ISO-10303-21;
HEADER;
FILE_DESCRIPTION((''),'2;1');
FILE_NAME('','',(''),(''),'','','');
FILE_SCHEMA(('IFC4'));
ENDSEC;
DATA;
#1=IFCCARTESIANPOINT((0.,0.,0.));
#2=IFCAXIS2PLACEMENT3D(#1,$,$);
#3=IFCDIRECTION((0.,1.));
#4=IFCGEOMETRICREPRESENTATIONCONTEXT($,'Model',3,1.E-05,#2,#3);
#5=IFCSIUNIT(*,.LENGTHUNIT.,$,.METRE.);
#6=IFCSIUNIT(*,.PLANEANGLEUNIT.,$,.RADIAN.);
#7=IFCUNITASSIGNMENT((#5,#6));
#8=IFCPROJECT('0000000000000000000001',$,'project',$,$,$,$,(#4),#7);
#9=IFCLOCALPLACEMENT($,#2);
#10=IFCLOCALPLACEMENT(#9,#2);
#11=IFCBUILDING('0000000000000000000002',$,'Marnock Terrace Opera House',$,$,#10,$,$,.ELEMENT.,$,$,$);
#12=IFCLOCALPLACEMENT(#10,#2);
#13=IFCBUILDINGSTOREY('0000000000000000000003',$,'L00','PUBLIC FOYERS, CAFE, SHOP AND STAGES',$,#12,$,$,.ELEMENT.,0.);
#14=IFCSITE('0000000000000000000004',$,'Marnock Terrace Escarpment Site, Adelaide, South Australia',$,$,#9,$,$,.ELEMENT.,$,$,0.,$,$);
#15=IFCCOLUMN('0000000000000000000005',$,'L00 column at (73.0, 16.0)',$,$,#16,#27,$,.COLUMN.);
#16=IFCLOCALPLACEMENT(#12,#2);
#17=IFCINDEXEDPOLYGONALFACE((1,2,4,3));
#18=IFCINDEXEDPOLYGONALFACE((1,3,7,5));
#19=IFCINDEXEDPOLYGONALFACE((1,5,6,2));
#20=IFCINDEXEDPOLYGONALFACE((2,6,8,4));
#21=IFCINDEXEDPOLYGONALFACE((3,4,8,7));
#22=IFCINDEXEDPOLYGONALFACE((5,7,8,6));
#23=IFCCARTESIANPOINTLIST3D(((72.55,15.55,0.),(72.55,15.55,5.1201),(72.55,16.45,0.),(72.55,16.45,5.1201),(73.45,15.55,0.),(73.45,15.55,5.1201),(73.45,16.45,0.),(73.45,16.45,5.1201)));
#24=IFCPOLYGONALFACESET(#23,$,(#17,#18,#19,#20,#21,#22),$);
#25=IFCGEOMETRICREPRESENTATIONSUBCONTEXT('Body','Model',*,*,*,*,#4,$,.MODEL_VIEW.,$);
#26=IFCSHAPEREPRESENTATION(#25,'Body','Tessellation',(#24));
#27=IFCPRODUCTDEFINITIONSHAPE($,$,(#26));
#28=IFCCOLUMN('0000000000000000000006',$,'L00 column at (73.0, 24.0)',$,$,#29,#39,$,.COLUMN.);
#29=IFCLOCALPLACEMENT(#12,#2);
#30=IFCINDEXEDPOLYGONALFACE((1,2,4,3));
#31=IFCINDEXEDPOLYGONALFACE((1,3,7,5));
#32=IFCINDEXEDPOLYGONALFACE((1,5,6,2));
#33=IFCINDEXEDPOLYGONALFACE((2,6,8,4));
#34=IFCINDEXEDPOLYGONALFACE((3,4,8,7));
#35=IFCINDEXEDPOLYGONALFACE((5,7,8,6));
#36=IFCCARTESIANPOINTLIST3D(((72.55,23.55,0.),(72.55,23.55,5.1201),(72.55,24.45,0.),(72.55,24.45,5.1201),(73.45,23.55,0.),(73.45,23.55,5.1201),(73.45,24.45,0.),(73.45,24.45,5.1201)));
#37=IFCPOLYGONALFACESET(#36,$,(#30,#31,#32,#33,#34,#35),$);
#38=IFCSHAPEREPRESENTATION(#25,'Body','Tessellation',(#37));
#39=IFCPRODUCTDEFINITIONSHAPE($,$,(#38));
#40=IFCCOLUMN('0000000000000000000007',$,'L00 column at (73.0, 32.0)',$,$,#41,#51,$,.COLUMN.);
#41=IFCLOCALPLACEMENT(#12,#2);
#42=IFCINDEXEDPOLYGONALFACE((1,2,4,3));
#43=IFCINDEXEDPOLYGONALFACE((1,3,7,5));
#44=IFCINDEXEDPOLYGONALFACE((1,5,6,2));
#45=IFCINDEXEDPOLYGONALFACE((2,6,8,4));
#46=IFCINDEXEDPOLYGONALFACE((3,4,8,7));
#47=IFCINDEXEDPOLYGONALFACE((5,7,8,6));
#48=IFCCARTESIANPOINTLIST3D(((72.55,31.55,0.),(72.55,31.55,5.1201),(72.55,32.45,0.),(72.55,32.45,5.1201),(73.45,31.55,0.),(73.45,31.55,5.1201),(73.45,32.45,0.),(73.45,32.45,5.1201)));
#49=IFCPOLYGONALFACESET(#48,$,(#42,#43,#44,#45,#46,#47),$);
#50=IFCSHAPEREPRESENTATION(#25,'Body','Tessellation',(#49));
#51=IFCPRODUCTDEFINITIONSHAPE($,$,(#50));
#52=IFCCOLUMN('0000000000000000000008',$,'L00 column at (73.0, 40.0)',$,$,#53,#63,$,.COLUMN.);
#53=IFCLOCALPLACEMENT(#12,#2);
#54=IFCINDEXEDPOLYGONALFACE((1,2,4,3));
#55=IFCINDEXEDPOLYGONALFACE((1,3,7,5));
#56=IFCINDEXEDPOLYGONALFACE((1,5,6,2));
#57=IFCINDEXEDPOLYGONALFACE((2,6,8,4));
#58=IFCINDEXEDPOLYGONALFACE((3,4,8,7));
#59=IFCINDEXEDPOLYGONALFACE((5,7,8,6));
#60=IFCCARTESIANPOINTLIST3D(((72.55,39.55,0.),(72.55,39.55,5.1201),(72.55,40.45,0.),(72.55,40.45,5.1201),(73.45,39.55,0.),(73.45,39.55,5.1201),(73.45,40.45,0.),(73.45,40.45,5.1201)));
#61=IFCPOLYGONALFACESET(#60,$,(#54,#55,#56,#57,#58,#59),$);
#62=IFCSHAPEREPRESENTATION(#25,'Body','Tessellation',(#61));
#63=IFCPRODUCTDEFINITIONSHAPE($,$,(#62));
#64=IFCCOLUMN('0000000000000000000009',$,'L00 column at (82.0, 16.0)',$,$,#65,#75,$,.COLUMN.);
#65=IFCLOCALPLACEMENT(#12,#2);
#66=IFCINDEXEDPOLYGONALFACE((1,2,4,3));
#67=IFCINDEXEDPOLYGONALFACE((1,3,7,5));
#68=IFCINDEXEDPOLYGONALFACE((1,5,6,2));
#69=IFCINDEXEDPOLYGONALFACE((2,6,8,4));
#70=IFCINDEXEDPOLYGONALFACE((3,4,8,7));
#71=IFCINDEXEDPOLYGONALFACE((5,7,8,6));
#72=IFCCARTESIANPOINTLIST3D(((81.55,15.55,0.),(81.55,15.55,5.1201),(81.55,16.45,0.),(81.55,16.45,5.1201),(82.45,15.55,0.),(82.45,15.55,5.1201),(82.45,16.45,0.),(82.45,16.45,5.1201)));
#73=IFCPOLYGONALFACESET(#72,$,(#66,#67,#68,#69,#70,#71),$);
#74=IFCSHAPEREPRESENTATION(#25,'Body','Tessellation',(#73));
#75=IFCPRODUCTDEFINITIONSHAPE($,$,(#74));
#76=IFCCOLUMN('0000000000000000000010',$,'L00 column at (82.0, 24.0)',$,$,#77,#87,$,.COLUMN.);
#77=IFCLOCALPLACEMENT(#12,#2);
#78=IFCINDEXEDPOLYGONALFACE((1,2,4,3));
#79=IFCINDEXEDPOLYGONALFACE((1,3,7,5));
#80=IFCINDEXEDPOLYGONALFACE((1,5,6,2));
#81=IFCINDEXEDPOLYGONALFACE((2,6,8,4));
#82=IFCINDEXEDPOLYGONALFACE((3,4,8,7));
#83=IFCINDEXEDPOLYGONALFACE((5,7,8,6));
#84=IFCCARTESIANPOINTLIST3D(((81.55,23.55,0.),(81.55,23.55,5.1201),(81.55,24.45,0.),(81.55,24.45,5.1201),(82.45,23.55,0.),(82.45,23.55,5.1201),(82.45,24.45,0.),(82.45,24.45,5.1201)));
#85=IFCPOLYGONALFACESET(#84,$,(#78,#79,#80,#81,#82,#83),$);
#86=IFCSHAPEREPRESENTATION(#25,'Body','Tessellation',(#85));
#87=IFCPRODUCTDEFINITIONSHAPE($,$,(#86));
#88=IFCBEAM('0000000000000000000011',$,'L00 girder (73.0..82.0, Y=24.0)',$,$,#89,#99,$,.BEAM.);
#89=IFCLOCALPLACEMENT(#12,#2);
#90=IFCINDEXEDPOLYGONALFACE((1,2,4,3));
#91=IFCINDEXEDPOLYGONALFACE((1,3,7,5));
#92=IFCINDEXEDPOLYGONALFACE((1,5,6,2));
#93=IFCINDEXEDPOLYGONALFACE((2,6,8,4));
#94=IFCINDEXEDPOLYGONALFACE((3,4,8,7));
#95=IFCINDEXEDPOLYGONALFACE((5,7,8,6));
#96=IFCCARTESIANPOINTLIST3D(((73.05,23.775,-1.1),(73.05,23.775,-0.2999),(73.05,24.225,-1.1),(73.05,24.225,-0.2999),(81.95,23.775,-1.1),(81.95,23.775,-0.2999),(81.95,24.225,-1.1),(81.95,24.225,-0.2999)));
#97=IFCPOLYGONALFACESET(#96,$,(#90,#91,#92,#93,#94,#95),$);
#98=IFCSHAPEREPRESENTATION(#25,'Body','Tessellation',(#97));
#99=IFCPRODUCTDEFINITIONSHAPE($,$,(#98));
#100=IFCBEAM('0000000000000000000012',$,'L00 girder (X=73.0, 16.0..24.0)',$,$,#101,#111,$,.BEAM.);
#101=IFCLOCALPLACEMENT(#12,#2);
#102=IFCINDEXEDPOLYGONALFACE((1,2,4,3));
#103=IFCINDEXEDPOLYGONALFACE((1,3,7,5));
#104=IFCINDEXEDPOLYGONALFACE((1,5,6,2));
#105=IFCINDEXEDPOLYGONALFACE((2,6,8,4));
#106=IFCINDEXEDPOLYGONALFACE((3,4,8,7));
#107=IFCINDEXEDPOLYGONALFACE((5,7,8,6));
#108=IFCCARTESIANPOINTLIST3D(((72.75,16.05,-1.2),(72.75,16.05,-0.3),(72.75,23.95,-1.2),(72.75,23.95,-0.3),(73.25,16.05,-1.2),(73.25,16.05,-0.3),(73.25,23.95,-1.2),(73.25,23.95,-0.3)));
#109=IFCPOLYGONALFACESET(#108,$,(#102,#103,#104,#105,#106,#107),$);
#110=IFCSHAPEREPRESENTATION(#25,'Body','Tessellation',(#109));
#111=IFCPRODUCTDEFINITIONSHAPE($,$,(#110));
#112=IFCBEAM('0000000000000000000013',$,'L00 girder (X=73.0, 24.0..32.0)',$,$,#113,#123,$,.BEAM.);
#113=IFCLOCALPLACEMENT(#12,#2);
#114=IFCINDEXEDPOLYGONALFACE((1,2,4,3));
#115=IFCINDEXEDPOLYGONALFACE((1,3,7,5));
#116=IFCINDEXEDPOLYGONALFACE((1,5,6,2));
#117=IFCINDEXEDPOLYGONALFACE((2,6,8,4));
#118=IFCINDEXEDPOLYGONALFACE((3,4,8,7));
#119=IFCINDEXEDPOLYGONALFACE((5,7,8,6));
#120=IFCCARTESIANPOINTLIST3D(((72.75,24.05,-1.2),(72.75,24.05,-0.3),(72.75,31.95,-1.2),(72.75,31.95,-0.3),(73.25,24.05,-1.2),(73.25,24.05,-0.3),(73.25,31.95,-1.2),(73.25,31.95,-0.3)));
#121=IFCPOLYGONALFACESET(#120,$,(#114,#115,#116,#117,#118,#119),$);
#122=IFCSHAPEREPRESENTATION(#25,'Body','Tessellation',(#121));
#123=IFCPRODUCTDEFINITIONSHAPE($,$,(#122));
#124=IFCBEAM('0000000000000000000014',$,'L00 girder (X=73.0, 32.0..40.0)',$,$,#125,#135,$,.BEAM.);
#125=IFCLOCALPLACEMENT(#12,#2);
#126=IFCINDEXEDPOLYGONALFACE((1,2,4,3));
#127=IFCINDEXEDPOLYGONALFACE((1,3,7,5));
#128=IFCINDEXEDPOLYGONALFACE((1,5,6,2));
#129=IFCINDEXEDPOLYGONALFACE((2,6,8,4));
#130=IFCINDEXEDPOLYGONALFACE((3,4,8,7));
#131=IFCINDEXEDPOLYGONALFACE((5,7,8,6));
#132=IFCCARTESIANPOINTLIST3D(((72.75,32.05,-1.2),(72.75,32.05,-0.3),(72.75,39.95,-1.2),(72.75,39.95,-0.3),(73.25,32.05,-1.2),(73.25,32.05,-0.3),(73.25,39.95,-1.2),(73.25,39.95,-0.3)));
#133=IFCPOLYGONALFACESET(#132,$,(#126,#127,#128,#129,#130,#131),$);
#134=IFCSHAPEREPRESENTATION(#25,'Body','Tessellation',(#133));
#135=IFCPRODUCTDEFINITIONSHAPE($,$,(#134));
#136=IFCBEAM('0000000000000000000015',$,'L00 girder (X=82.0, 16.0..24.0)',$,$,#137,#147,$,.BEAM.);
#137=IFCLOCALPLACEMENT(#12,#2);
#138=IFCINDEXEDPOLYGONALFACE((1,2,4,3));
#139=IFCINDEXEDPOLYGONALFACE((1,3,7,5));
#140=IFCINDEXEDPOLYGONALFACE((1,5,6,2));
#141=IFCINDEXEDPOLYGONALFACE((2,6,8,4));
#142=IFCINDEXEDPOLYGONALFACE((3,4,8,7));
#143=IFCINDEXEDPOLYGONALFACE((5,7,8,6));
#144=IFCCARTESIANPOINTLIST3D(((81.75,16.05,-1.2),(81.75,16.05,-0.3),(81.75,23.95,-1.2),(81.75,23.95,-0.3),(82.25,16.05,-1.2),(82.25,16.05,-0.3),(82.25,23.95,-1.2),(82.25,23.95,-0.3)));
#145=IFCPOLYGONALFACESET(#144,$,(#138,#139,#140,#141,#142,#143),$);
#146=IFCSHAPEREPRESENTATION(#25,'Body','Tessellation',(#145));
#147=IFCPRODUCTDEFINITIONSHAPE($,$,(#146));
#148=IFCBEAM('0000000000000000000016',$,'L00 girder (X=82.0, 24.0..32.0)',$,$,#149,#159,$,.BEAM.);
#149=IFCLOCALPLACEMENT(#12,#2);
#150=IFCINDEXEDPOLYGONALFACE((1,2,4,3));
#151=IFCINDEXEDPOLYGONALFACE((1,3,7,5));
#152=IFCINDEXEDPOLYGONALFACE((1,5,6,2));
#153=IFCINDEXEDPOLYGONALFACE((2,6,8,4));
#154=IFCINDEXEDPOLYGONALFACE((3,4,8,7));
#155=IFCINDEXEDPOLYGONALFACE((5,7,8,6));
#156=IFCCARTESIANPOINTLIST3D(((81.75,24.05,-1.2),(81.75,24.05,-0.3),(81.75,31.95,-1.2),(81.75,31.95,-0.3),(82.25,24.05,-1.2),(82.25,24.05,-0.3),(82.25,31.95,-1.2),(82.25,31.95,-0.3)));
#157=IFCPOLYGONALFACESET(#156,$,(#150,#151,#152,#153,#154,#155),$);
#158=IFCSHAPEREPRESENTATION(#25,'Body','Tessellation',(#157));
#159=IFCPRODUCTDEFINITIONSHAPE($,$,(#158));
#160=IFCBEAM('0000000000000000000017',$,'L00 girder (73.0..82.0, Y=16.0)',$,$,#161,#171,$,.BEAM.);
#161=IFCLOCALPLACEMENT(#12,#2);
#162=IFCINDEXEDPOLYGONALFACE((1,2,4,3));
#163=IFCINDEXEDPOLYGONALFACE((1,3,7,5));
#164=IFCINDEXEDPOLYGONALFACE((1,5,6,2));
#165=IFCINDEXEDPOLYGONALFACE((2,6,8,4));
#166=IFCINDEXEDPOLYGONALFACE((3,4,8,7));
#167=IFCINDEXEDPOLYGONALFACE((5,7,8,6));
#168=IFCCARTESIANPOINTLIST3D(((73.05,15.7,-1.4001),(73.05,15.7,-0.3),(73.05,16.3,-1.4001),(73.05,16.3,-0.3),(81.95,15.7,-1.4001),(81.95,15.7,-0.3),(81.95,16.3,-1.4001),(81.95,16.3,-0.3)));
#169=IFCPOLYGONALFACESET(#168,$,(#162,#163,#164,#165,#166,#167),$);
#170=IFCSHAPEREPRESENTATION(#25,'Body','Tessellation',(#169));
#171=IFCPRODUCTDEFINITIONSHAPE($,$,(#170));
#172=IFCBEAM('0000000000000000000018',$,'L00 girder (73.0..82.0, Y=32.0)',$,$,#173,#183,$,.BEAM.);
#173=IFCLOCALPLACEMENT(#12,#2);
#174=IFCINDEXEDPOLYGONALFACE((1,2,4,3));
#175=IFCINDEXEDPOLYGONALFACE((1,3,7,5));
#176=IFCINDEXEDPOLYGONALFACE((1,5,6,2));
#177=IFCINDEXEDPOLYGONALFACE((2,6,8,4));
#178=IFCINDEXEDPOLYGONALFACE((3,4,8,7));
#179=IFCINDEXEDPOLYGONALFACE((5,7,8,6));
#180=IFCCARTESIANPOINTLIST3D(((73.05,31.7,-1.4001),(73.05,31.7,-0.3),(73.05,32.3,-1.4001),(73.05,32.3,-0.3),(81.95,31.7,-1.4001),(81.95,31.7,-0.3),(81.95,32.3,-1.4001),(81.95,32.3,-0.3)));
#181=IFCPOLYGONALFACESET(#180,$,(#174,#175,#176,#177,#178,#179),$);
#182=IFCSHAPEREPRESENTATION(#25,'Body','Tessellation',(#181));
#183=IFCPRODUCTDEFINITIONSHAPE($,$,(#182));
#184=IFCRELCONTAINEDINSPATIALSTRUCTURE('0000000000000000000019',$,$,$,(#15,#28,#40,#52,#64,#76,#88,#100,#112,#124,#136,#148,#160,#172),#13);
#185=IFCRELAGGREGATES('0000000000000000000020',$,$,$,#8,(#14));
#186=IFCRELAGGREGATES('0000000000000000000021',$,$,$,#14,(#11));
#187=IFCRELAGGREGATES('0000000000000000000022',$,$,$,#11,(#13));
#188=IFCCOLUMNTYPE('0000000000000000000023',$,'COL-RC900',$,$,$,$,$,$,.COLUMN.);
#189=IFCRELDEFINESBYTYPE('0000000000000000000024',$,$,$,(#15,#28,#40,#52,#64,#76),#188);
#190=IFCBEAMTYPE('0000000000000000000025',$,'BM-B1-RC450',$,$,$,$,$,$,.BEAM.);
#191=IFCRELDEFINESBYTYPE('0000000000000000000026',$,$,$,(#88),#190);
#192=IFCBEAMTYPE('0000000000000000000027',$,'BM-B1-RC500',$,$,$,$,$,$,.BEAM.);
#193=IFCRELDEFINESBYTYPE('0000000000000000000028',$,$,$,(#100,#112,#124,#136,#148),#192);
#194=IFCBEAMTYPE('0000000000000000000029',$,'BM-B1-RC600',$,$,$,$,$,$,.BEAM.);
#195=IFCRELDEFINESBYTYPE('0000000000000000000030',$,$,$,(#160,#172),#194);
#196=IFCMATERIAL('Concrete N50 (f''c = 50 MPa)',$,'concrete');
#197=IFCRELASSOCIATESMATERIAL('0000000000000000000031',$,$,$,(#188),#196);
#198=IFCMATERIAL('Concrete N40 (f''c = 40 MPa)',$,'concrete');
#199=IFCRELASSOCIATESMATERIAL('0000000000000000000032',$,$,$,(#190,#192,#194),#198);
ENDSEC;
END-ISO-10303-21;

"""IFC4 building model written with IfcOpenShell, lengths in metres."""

from ifc_helpers import new_model, si_unit, direction, frame, origin, origin_2d, place, context, subcontext, project, spatial, rectangle, extrude, material, material_profile, profile_set, type_object, element, save


model = new_model("IFC4")

# Units and contexts
model_context = context("Model", 3, precision=1e-05, world=origin(), true_north=direction((0.0, 1.0)))
body_context = subcontext(model_context, "Body", "Model", "MODEL_VIEW")
ifc_project = project(units=[si_unit("LENGTHUNIT", "METRE"), si_unit("PLANEANGLEUNIT", "RADIAN")], contexts=[model_context])

# Site, building, storey
site_placement = place(None, origin())
site = spatial("IfcSite", under=ifc_project, at=site_placement, Name="Marnock Terrace Escarpment Site, Adelaide, South Australia", CompositionType="ELEMENT", RefElevation=0.0)
building_placement = place(site_placement, origin())
building = spatial("IfcBuilding", under=site, at=building_placement, Name="Marnock Terrace Opera House", CompositionType="ELEMENT")
storey_placement = place(building_placement, origin())
storey = spatial("IfcBuildingStorey", under=building, at=storey_placement, Name="L00", Description="PUBLIC FOYERS, CAFE, SHOP AND STAGES", CompositionType="ELEMENT", Elevation=0.0)

# Columns
ifc_material_1 = material(Name="Concrete N50 (f'c = 50 MPa)", Category="concrete")
ifc_material_profile_1 = material_profile(ifc_material_1, rectangle(XDim=0.8999, YDim=0.8999, at=origin_2d()))
ifc_profile_set_1 = profile_set([ifc_material_profile_1], Name="Concrete N50 (f'c = 50 MPa)")
column_type = type_object("IfcColumnType", Name="COL-RC900", PredefinedType="COLUMN", material=ifc_profile_set_1)
for number, where, z_axis, x_axis, name in (
    (1, (73.0, 16.0, 0.0), (0.0, 0.0, 1.0), (1.0, 0.0, 0.0), "L00 column at (73.0, 16.0)"),
    (2, (73.0, 24.0, 0.0), (0.0, 0.0, 1.0), (1.0, 0.0, 0.0), "L00 column at (73.0, 24.0)"),
    (3, (73.0, 32.0, 0.0), (0.0, 0.0, 1.0), (1.0, 0.0, 0.0), "L00 column at (73.0, 32.0)"),
    (4, (73.0, 40.0, 0.0), (0.0, 0.0, 1.0), (1.0, 0.0, 0.0), "L00 column at (73.0, 40.0)"),
    (5, (82.0, 16.0, 0.0), (0.0, 0.0, 1.0), (1.0, 0.0, 0.0), "L00 column at (82.0, 16.0)"),
    (6, (82.0, 24.0, 0.0), (0.0, 0.0, 1.0), (1.0, 0.0, 0.0), "L00 column at (82.0, 24.0)"),
):
    element("IfcColumn", number, at=place(storey_placement, frame(where, z_axis=z_axis, x_axis=x_axis)), inside=storey, type_object=column_type, Name=name, PredefinedType="COLUMN", context=body_context, shape_type="SweptSolid", body=[
        extrude(rectangle(XDim=0.8999, YDim=0.8999, at=origin_2d()), origin(), (0.0, 0.0, 1.0), 5.1201),
    ])

# Beams
ifc_material_2 = material(Name="Concrete N40 (f'c = 40 MPa)", Category="concrete")
ifc_material_profile_2 = material_profile(ifc_material_2, rectangle(XDim=0.45, YDim=0.8, at=origin_2d()))
ifc_profile_set_2 = profile_set([ifc_material_profile_2], Name="Concrete N40 (f'c = 40 MPa)")
beam_type_1 = type_object("IfcBeamType", Name="BM-B1-RC450", PredefinedType="BEAM", material=ifc_profile_set_2)
beam_1_placement = place(storey_placement, frame((73.05, 24.0, -0.7), z_axis=(1.0, 0.0, 0.0), x_axis=(0.0, 1.0, 0.0)))
element("IfcBeam", 7, at=beam_1_placement, inside=storey, type_object=beam_type_1, Name="L00 girder (73.0..82.0, Y=24.0)", PredefinedType="BEAM", context=body_context, shape_type="SweptSolid", body=[
    extrude(rectangle(XDim=0.45, YDim=0.8, at=origin_2d()), origin(), (0.0, 0.0, 1.0), 8.8999),
])
ifc_material_profile_3 = material_profile(ifc_material_2, rectangle(XDim=0.5, YDim=0.8999, at=origin_2d()))
ifc_profile_set_3 = profile_set([ifc_material_profile_3], Name="Concrete N40 (f'c = 40 MPa)")
beam_type_2 = type_object("IfcBeamType", Name="BM-B1-RC500", PredefinedType="BEAM", material=ifc_profile_set_3)
for number, where, z_axis, x_axis, name in (
    (8, (73.0, 16.05, -0.75), (0.0, 1.0, 0.0), (-1.0, 0.0, 0.0), "L00 girder (X=73.0, 16.0..24.0)"),
    (9, (73.0, 24.05, -0.75), (0.0, 1.0, 0.0), (-1.0, 0.0, 0.0), "L00 girder (X=73.0, 24.0..32.0)"),
    (10, (73.0, 32.05, -0.75), (0.0, 1.0, 0.0), (-1.0, 0.0, 0.0), "L00 girder (X=73.0, 32.0..40.0)"),
    (11, (82.0, 16.05, -0.75), (0.0, 1.0, 0.0), (-1.0, 0.0, 0.0), "L00 girder (X=82.0, 16.0..24.0)"),
    (12, (82.0, 24.05, -0.75), (0.0, 1.0, 0.0), (-1.0, 0.0, 0.0), "L00 girder (X=82.0, 24.0..32.0)"),
):
    element("IfcBeam", number, at=place(storey_placement, frame(where, z_axis=z_axis, x_axis=x_axis)), inside=storey, type_object=beam_type_2, Name=name, PredefinedType="BEAM", context=body_context, shape_type="SweptSolid", body=[
        extrude(rectangle(XDim=0.5, YDim=0.8999, at=origin_2d()), origin(), (0.0, 0.0, 1.0), 7.8999),
    ])
ifc_material_profile_4 = material_profile(ifc_material_2, rectangle(XDim=0.6001, YDim=1.1001, at=origin_2d()))
ifc_profile_set_4 = profile_set([ifc_material_profile_4], Name="Concrete N40 (f'c = 40 MPa)")
beam_type_3 = type_object("IfcBeamType", Name="BM-B1-RC600", PredefinedType="BEAM", material=ifc_profile_set_4)
for number, where, z_axis, x_axis, name in (
    (13, (73.05, 16.0, -0.8501), (1.0, 0.0, 0.0), (0.0, 1.0, 0.0), "L00 girder (73.0..82.0, Y=16.0)"),
    (14, (73.05, 32.0, -0.8501), (1.0, 0.0, 0.0), (0.0, 1.0, 0.0), "L00 girder (73.0..82.0, Y=32.0)"),
):
    element("IfcBeam", number, at=place(storey_placement, frame(where, z_axis=z_axis, x_axis=x_axis)), inside=storey, type_object=beam_type_3, Name=name, PredefinedType="BEAM", context=body_context, shape_type="SweptSolid", body=[
        extrude(rectangle(XDim=0.6001, YDim=1.1001, at=origin_2d()), origin(), (0.0, 0.0, 1.0), 8.8999),
    ])

save(model, "model.ifc")
